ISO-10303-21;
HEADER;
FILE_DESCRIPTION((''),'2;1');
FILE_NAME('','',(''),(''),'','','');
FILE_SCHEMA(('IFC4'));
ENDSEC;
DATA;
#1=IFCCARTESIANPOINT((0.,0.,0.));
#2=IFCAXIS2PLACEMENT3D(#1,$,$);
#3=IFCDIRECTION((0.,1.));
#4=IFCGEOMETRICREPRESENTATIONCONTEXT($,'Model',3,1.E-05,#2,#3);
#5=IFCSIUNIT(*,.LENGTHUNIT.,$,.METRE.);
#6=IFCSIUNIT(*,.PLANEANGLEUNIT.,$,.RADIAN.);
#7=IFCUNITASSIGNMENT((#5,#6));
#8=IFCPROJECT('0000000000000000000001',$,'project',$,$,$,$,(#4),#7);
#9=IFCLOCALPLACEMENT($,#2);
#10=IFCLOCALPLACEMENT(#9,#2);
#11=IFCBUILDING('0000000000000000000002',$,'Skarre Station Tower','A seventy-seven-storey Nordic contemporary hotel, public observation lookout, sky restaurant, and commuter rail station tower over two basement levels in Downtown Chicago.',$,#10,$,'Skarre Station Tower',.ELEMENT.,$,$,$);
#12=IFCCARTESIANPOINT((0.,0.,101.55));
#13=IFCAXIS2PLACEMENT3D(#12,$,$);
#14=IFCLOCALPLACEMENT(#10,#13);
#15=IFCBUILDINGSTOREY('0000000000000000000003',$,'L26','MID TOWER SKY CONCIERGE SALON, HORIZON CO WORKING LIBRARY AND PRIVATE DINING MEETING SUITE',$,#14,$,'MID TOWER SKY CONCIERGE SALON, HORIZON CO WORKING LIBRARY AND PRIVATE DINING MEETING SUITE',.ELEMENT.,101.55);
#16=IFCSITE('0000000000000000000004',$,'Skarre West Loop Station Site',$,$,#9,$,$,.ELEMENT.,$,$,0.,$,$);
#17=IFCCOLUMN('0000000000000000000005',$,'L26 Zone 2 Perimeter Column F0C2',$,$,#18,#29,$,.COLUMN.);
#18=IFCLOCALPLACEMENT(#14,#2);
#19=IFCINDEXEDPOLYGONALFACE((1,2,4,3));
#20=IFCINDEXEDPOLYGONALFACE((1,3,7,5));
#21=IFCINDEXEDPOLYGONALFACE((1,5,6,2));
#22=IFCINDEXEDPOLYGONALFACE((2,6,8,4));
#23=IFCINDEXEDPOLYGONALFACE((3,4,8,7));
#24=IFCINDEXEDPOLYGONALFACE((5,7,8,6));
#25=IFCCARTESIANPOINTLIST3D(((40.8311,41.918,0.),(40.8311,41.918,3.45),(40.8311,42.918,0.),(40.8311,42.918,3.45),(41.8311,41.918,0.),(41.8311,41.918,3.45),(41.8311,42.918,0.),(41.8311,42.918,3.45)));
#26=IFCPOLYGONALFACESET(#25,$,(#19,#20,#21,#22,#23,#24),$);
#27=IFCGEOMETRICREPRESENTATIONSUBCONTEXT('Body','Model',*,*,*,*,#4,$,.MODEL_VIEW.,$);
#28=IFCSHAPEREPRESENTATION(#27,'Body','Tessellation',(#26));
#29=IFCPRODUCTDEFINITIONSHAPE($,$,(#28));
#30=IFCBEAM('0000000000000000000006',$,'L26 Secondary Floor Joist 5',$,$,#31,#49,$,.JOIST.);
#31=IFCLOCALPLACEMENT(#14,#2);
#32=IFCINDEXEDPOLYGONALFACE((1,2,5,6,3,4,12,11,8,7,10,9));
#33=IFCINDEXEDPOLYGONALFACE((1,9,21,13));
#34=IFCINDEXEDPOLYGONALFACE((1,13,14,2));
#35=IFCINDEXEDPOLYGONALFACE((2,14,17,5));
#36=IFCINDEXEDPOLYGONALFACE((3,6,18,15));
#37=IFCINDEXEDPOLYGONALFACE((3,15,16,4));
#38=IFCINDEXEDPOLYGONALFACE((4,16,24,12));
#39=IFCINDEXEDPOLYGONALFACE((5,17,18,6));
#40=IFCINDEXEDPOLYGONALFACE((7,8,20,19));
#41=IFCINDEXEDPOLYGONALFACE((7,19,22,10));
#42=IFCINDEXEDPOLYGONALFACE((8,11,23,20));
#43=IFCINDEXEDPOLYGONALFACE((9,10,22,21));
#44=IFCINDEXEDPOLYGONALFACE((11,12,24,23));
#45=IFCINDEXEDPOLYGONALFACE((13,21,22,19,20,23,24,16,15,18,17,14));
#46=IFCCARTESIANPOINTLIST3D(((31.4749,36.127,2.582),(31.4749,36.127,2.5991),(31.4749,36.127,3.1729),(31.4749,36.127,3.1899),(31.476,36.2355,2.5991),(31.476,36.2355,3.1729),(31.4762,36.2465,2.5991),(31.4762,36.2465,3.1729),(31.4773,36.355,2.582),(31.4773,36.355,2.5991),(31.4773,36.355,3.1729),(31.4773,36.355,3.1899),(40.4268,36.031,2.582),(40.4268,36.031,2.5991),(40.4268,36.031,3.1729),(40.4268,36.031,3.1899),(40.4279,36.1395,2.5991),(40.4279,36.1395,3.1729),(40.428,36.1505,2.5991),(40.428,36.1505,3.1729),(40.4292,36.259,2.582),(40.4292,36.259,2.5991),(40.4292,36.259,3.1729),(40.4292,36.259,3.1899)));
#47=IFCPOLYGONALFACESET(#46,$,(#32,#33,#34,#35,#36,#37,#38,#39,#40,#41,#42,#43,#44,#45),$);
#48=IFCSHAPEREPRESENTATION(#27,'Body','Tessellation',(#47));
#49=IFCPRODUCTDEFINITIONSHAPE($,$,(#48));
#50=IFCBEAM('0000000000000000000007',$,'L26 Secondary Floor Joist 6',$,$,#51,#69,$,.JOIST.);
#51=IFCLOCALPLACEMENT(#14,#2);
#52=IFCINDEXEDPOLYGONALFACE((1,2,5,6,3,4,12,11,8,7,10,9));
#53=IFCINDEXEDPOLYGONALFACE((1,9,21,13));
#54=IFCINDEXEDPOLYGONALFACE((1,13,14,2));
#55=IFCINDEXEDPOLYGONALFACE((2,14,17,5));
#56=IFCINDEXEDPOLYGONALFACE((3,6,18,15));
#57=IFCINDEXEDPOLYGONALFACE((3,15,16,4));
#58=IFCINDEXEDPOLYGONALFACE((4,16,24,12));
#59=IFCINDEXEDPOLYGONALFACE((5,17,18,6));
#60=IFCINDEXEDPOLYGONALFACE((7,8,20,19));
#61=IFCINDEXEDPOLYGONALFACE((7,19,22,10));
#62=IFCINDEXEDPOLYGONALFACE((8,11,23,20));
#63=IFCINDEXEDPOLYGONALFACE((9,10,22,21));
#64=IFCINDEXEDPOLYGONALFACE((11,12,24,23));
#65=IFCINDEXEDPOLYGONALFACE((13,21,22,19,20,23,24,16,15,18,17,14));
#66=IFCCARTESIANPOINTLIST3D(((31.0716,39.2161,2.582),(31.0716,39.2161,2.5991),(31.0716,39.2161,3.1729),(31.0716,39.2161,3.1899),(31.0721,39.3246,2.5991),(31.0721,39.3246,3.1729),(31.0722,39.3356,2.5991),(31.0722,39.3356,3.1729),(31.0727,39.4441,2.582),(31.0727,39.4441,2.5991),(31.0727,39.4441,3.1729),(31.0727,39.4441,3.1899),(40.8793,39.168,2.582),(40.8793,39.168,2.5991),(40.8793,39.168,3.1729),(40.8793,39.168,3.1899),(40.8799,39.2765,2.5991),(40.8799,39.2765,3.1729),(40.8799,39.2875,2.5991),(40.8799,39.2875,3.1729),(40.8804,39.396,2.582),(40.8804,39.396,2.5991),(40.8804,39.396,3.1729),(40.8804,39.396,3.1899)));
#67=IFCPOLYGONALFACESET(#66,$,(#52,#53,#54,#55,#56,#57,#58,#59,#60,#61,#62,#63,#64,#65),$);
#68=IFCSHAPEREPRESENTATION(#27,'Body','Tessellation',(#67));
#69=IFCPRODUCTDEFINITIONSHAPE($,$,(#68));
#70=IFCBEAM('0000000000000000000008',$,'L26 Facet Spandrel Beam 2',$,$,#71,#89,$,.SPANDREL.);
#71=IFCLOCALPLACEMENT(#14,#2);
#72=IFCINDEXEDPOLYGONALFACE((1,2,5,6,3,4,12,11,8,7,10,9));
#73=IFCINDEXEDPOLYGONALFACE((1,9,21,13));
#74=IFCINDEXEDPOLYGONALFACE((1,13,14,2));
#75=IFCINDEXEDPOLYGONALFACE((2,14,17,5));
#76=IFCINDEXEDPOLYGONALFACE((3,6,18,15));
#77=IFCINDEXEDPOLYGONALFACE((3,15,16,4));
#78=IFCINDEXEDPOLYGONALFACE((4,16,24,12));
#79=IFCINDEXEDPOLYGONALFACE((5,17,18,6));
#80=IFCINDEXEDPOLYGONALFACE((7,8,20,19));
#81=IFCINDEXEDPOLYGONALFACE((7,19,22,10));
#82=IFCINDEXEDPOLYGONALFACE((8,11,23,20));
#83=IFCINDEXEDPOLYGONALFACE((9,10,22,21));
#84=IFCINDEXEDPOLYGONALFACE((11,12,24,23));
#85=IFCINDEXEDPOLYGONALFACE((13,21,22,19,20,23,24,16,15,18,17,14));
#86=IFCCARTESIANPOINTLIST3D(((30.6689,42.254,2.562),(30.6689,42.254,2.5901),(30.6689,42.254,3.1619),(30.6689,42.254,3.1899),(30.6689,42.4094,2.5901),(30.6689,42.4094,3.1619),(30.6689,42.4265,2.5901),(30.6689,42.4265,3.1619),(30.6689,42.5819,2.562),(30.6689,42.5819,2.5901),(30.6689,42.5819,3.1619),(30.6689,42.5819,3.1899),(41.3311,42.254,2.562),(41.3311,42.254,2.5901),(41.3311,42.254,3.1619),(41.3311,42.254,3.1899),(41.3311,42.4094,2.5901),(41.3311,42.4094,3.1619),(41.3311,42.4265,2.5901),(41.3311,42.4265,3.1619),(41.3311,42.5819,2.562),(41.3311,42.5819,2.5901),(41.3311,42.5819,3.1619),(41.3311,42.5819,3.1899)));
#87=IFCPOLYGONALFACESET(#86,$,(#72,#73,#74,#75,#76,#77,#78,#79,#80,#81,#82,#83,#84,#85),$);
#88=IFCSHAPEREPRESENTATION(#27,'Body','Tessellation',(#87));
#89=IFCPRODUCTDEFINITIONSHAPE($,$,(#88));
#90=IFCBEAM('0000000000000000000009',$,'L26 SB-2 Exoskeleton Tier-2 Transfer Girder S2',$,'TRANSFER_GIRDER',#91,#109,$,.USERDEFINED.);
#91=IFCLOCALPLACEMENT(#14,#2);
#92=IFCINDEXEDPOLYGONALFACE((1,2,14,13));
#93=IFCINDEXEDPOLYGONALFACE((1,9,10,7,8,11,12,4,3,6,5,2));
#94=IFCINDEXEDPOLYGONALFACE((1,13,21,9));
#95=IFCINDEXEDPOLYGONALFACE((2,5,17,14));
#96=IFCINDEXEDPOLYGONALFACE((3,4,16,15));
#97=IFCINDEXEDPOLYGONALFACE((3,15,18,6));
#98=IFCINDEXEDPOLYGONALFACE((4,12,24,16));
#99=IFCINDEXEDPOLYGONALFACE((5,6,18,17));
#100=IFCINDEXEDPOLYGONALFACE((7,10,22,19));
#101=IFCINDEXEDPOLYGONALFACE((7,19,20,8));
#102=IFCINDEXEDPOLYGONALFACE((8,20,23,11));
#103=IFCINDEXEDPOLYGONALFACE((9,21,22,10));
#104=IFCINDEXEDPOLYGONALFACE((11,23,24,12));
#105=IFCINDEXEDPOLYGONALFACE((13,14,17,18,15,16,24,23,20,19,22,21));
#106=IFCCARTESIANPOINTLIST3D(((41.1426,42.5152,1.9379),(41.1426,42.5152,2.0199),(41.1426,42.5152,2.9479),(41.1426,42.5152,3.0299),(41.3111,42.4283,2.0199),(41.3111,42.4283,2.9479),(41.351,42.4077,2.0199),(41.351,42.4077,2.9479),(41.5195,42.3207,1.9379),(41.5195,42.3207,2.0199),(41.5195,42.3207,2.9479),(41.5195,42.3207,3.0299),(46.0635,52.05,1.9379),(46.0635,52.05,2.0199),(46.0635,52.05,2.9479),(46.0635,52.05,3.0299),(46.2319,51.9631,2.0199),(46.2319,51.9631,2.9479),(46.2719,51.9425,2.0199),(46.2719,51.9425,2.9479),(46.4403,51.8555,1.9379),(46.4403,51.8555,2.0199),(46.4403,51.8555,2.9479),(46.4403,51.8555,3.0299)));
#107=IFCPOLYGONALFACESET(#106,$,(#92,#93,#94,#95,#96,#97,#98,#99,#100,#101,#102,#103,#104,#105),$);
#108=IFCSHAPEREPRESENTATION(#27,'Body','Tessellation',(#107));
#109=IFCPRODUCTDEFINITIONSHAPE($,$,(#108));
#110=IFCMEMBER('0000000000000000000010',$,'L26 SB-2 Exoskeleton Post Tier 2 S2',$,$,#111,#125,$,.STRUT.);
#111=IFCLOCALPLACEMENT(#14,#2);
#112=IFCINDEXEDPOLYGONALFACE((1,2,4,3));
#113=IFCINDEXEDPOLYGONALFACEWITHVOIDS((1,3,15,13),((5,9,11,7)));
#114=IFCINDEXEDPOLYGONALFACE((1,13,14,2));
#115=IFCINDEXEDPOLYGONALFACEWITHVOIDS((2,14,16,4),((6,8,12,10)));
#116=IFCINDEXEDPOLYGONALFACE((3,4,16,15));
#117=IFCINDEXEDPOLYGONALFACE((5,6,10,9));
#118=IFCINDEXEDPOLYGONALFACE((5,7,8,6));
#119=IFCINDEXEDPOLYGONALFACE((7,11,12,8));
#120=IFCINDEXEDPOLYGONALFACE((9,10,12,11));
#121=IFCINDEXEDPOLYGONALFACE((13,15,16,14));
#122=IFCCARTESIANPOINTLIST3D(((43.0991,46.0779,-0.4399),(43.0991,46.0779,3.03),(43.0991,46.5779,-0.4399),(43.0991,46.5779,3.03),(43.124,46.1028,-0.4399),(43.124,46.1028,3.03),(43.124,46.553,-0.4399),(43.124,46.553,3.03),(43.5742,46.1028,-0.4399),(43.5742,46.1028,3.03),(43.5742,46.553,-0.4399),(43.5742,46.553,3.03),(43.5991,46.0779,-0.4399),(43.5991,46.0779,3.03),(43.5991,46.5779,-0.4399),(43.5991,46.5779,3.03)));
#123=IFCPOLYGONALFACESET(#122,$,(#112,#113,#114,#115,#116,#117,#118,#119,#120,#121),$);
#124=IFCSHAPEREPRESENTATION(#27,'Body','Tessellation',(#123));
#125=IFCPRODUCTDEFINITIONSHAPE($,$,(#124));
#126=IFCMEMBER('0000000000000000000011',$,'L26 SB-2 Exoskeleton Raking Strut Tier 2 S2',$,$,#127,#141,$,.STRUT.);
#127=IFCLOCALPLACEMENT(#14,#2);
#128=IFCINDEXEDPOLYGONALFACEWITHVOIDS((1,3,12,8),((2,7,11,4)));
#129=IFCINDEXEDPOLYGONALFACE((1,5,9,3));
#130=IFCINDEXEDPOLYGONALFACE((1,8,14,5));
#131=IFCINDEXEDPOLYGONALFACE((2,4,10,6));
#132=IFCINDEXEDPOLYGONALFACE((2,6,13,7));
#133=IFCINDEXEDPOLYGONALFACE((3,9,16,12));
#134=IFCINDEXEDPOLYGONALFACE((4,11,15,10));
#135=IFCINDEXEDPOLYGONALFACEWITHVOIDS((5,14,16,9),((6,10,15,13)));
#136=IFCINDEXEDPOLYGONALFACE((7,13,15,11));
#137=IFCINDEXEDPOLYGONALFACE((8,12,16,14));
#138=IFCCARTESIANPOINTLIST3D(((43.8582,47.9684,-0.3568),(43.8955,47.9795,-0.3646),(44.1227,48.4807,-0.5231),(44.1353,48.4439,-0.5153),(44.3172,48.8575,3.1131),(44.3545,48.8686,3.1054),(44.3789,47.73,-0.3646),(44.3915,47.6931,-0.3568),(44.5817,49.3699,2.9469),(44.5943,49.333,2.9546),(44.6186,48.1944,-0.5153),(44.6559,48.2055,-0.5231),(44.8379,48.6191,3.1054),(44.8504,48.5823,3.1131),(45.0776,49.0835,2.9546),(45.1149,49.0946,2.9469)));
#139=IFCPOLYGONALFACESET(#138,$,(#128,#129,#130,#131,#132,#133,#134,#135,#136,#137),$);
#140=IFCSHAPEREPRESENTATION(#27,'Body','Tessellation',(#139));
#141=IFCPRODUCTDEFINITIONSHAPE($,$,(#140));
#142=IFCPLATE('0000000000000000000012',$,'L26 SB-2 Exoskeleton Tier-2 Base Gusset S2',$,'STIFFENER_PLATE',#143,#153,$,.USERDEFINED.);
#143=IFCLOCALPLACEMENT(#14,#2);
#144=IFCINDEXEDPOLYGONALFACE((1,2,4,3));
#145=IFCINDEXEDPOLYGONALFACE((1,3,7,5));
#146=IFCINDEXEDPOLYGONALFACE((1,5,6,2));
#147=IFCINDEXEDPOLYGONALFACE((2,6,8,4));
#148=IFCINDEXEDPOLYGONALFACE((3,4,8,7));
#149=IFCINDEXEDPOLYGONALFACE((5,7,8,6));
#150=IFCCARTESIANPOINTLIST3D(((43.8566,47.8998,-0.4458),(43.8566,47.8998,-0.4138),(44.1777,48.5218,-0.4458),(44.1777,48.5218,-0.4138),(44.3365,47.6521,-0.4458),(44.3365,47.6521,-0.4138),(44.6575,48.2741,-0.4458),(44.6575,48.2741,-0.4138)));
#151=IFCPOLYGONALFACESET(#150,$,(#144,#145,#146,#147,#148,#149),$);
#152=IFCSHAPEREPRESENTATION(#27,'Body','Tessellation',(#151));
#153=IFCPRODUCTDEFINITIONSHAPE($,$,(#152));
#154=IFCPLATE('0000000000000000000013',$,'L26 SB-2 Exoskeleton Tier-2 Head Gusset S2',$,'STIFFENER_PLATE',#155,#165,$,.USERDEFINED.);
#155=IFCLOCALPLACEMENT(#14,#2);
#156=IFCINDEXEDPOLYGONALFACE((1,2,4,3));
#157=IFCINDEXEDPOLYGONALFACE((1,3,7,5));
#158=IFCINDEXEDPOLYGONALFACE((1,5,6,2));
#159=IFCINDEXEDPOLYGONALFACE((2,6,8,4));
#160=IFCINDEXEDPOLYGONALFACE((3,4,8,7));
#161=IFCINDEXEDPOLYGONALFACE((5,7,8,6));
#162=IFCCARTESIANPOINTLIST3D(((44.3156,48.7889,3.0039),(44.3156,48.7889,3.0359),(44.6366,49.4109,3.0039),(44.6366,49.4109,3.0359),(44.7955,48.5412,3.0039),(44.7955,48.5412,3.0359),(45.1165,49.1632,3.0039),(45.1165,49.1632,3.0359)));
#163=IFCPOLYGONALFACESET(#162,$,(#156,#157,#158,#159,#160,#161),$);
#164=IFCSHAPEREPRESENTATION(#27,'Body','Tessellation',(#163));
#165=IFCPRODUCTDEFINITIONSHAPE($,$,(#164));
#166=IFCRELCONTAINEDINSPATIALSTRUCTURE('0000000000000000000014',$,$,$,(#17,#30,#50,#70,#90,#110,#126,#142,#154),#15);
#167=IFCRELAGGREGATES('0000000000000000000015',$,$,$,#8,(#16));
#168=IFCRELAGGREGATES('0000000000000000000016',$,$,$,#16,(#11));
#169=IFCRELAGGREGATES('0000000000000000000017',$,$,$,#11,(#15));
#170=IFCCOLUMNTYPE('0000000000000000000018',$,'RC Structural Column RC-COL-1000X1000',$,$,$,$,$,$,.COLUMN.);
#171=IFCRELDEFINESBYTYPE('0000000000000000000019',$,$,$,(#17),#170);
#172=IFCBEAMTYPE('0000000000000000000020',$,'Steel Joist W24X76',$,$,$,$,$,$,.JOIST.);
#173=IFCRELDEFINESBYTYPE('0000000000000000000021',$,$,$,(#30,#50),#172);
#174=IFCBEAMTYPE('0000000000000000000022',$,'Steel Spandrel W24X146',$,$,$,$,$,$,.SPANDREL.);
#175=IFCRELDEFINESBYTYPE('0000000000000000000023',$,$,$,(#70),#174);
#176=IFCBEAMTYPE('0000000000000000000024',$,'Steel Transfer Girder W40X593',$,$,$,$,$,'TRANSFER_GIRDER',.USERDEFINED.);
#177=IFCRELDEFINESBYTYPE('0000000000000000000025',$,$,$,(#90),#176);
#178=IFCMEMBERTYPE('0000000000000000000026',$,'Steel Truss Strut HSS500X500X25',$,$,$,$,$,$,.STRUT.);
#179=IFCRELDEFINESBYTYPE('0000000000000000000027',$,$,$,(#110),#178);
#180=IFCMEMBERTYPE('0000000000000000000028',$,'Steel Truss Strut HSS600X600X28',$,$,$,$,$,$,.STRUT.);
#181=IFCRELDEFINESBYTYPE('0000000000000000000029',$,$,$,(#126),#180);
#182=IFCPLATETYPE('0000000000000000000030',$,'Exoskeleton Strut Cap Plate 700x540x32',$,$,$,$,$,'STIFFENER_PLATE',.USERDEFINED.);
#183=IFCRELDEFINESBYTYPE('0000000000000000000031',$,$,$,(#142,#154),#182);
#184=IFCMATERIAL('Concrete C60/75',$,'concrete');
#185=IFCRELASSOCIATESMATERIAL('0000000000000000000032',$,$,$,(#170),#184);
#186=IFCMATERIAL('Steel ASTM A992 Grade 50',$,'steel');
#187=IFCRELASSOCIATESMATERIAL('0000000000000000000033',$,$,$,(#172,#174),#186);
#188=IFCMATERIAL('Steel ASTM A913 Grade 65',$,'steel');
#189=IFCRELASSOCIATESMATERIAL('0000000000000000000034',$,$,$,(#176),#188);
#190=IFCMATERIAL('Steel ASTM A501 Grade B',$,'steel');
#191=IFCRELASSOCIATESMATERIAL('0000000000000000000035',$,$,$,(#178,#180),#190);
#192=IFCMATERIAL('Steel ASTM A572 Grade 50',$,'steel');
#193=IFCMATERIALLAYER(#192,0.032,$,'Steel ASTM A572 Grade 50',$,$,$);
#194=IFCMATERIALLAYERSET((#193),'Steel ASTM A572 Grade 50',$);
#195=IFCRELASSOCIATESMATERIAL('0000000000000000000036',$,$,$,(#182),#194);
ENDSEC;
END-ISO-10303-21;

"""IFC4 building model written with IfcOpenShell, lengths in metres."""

from ifc_helpers import new_model, si_unit, direction, frame, origin, origin_2d, place, context, subcontext, project, spatial, rectangle, hollow_rectangle, i_section, extrude, material, layer, layer_set, material_profile, profile_set, type_object, element, save


model = new_model("IFC4")

# Units and contexts
model_context = context("Model", 3, precision=1e-05, world=origin(), true_north=direction((0.0, 1.0)))
body_context = subcontext(model_context, "Body", "Model", "MODEL_VIEW")
ifc_project = project(units=[si_unit("LENGTHUNIT", "METRE"), si_unit("PLANEANGLEUNIT", "RADIAN")], contexts=[model_context])

# Site, building, storey
site_placement = place(None, origin())
site = spatial("IfcSite", under=ifc_project, at=site_placement, Name="Skarre West Loop Station Site", CompositionType="ELEMENT", RefElevation=0.0)
building_placement = place(site_placement, origin())
building = spatial("IfcBuilding", under=site, at=building_placement, Name="Skarre Station Tower", Description="A seventy-seven-storey Nordic contemporary hotel, public observation lookout, sky restaurant, and commuter rail station tower over two basement levels in Downtown Chicago.", LongName="Skarre Station Tower", CompositionType="ELEMENT")
storey_placement = place(building_placement, frame((0.0, 0.0, 101.55)))
storey = spatial("IfcBuildingStorey", under=building, at=storey_placement, Name="L26", Description="MID TOWER SKY CONCIERGE SALON, HORIZON CO WORKING LIBRARY AND PRIVATE DINING MEETING SUITE", LongName="MID TOWER SKY CONCIERGE SALON, HORIZON CO WORKING LIBRARY AND PRIVATE DINING MEETING SUITE", CompositionType="ELEMENT", Elevation=101.55)

# Column
ifc_material_1 = material(Name="Concrete C60/75", Category="concrete")
ifc_material_profile_1 = material_profile(ifc_material_1, rectangle(XDim=1.0, YDim=1.0, at=origin_2d()), Name="Concrete C60/75")
ifc_profile_set_1 = profile_set([ifc_material_profile_1], Name="Concrete C60/75")
column_type = type_object("IfcColumnType", Name="RC Structural Column RC-COL-1000X1000", PredefinedType="COLUMN", material=ifc_profile_set_1)
column_placement = place(storey_placement, frame((41.3311, 42.418, 0.0), z_axis=(0.0, 0.0, 1.0), x_axis=(1.0, 0.0, 0.0)))
element("IfcColumn", 1, at=column_placement, inside=storey, type_object=column_type, Name="L26 Zone 2 Perimeter Column F0C2", PredefinedType="COLUMN", context=body_context, shape_type="SweptSolid", body=[
    extrude(rectangle(XDim=1.0, YDim=1.0, at=origin_2d()), origin(), (0.0, 0.0, 1.0), 3.45),
])

# Beams
ifc_material_2 = material(Name="Steel ASTM A992 Grade 50", Category="steel")
ifc_material_profile_2 = material_profile(ifc_material_2, i_section(OverallWidth=0.228, OverallDepth=0.6079, WebThickness=0.011, FlangeThickness=0.0171, at=origin_2d()), Name="Steel ASTM A992 Grade 50")
ifc_profile_set_2 = profile_set([ifc_material_profile_2], Name="Steel ASTM A992 Grade 50")
beam_type_1 = type_object("IfcBeamType", Name="Steel Joist W24X76", PredefinedType="JOIST", material=ifc_profile_set_2)
beam_1_placement = place(storey_placement, frame((40.428, 36.145, 2.886), z_axis=(-0.999943, 0.010717, 0.0), x_axis=(-0.010717, -0.999943, 0.0)))
element("IfcBeam", 2, at=beam_1_placement, inside=storey, type_object=beam_type_1, Name="L26 Secondary Floor Joist 5", PredefinedType="JOIST", context=body_context, shape_type="SweptSolid", body=[
    extrude(i_section(OverallWidth=0.228, OverallDepth=0.6079, WebThickness=0.011, FlangeThickness=0.0171, at=origin_2d()), origin(), (0.0, 0.0, 1.0), 8.9524),
])
beam_2_placement = place(storey_placement, frame((40.8799, 39.282, 2.886), z_axis=(-0.999988, 0.004904, 0.0), x_axis=(-0.004904, -0.999988, 0.0)))
element("IfcBeam", 3, at=beam_2_placement, inside=storey, type_object=beam_type_1, Name="L26 Secondary Floor Joist 6", PredefinedType="JOIST", context=body_context, shape_type="SweptSolid", body=[
    extrude(i_section(OverallWidth=0.228, OverallDepth=0.6079, WebThickness=0.011, FlangeThickness=0.0171, at=origin_2d()), origin(), (0.0, 0.0, 1.0), 9.8079),
])
ifc_material_profile_3 = material_profile(ifc_material_2, i_section(OverallWidth=0.3279, OverallDepth=0.6279, WebThickness=0.0171, FlangeThickness=0.0281, at=origin_2d()), Name="Steel ASTM A992 Grade 50")
ifc_profile_set_3 = profile_set([ifc_material_profile_3], Name="Steel ASTM A992 Grade 50")
beam_type_2 = type_object("IfcBeamType", Name="Steel Spandrel W24X146", PredefinedType="SPANDREL", material=ifc_profile_set_3)
beam_3_placement = place(storey_placement, frame((41.3311, 42.418, 2.876), z_axis=(-1.0, 0.0, 0.0), x_axis=(0.0, -1.0, 0.0)))
element("IfcBeam", 4, at=beam_3_placement, inside=storey, type_object=beam_type_2, Name="L26 Facet Spandrel Beam 2", PredefinedType="SPANDREL", context=body_context, shape_type="SweptSolid", body=[
    extrude(i_section(OverallWidth=0.3279, OverallDepth=0.6279, WebThickness=0.0171, FlangeThickness=0.0281, at=origin_2d()), origin(), (0.0, 0.0, 1.0), 10.6621),
])
ifc_material_3 = material(Name="Steel ASTM A913 Grade 65", Category="steel")
ifc_material_profile_4 = material_profile(ifc_material_3, i_section(OverallWidth=0.4241, OverallDepth=1.092, WebThickness=0.0449, FlangeThickness=0.082, at=origin_2d()), Name="Steel ASTM A913 Grade 65")
ifc_profile_set_4 = profile_set([ifc_material_profile_4], Name="Steel ASTM A913 Grade 65")
beam_type_3 = type_object("IfcBeamType", Name="Steel Transfer Girder W40X593", ElementType="TRANSFER_GIRDER", PredefinedType="USERDEFINED", material=ifc_profile_set_4)
beam_4_placement = place(storey_placement, frame((41.3311, 42.418, 2.4839), z_axis=(0.458617, 0.888634, 0.0), x_axis=(-0.888634, 0.458617, 0.0)))
element("IfcBeam", 5, at=beam_4_placement, inside=storey, type_object=beam_type_3, Name="L26 SB-2 Exoskeleton Tier-2 Transfer Girder S2", ObjectType="TRANSFER_GIRDER", PredefinedType="USERDEFINED", context=body_context, shape_type="SweptSolid", body=[
    extrude(i_section(OverallWidth=0.4241, OverallDepth=1.092, WebThickness=0.0449, FlangeThickness=0.082, at=origin_2d()), origin(), (0.0, 0.0, 1.0), 10.7297),
])

# Members
ifc_material_4 = material(Name="Steel ASTM A501 Grade B", Category="steel")
ifc_material_profile_5 = material_profile(ifc_material_4, hollow_rectangle(XDim=0.5, YDim=0.5, WallThickness=0.0249, at=origin_2d()), Name="Steel ASTM A501 Grade B")
ifc_profile_set_5 = profile_set([ifc_material_profile_5], Name="Steel ASTM A501 Grade B")
member_type_1 = type_object("IfcMemberType", Name="Steel Truss Strut HSS500X500X25", PredefinedType="STRUT", material=ifc_profile_set_5)
member_1_placement = place(storey_placement, frame((43.3491, 46.3279, -0.4399), z_axis=(0.0, 0.0, 1.0), x_axis=(1.0, 0.0, 0.0)))
element("IfcMember", 6, at=member_1_placement, inside=storey, type_object=member_type_1, Name="L26 SB-2 Exoskeleton Post Tier 2 S2", PredefinedType="STRUT", context=body_context, shape_type="SweptSolid", body=[
    extrude(hollow_rectangle(XDim=0.5, YDim=0.5, WallThickness=0.0249, at=origin_2d()), origin(), (0.0, 0.0, 1.0), 3.47),
])
ifc_material_profile_6 = material_profile(ifc_material_4, hollow_rectangle(XDim=0.6001, YDim=0.6001, WallThickness=0.0281, at=origin_2d()), Name="Steel ASTM A501 Grade B")
ifc_profile_set_6 = profile_set([ifc_material_profile_6], Name="Steel ASTM A501 Grade B")
member_type_2 = type_object("IfcMemberType", Name="Steel Truss Strut HSS600X600X28", PredefinedType="STRUT", material=ifc_profile_set_6)
member_2_placement = place(storey_placement, frame((44.2571, 48.0869, -0.4399), z_axis=(0.127094, 0.246212, 0.960847), x_axis=(-0.888595, 0.458693, 0.0)))
element("IfcMember", 7, at=member_2_placement, inside=storey, type_object=member_type_2, Name="L26 SB-2 Exoskeleton Raking Strut Tier 2 S2", PredefinedType="STRUT", context=body_context, shape_type="SweptSolid", body=[
    extrude(hollow_rectangle(XDim=0.6001, YDim=0.6001, WallThickness=0.0281, at=origin_2d()), origin(), (0.0, 0.0, 1.0), 3.6113),
])

# Plates
ifc_material_5 = material(Name="Steel ASTM A572 Grade 50", Category="steel")
ifc_layer_1 = layer(ifc_material_5, 0.032, Name="Steel ASTM A572 Grade 50")
ifc_layer_set_1 = layer_set([ifc_layer_1], Name="Steel ASTM A572 Grade 50")
plate_type = type_object("IfcPlateType", Name="Exoskeleton Strut Cap Plate 700x540x32", ElementType="STIFFENER_PLATE", PredefinedType="USERDEFINED", material=ifc_layer_set_1)
for number, where, z_axis, x_axis, name in (
    (8, (44.2571, 48.0869, -0.4458), (0.0, 0.0, 1.0), (0.45865, 0.888617, 0.0), "L26 SB-2 Exoskeleton Tier-2 Base Gusset S2"),
    (9, (44.7161, 48.9761, 3.0039), (0.0, 0.0, 1.0), (0.45865, 0.888617, 0.0), "L26 SB-2 Exoskeleton Tier-2 Head Gusset S2"),
):
    element("IfcPlate", number, at=place(storey_placement, frame(where, z_axis=z_axis, x_axis=x_axis)), inside=storey, type_object=plate_type, Name=name, ObjectType="STIFFENER_PLATE", PredefinedType="USERDEFINED", context=body_context, shape_type="SweptSolid", body=[
        extrude(rectangle(XDim=0.7, YDim=0.54, at=origin_2d()), origin(), (0.0, 0.0, 1.0), 0.032),
    ])

save(model, "model.ifc")
